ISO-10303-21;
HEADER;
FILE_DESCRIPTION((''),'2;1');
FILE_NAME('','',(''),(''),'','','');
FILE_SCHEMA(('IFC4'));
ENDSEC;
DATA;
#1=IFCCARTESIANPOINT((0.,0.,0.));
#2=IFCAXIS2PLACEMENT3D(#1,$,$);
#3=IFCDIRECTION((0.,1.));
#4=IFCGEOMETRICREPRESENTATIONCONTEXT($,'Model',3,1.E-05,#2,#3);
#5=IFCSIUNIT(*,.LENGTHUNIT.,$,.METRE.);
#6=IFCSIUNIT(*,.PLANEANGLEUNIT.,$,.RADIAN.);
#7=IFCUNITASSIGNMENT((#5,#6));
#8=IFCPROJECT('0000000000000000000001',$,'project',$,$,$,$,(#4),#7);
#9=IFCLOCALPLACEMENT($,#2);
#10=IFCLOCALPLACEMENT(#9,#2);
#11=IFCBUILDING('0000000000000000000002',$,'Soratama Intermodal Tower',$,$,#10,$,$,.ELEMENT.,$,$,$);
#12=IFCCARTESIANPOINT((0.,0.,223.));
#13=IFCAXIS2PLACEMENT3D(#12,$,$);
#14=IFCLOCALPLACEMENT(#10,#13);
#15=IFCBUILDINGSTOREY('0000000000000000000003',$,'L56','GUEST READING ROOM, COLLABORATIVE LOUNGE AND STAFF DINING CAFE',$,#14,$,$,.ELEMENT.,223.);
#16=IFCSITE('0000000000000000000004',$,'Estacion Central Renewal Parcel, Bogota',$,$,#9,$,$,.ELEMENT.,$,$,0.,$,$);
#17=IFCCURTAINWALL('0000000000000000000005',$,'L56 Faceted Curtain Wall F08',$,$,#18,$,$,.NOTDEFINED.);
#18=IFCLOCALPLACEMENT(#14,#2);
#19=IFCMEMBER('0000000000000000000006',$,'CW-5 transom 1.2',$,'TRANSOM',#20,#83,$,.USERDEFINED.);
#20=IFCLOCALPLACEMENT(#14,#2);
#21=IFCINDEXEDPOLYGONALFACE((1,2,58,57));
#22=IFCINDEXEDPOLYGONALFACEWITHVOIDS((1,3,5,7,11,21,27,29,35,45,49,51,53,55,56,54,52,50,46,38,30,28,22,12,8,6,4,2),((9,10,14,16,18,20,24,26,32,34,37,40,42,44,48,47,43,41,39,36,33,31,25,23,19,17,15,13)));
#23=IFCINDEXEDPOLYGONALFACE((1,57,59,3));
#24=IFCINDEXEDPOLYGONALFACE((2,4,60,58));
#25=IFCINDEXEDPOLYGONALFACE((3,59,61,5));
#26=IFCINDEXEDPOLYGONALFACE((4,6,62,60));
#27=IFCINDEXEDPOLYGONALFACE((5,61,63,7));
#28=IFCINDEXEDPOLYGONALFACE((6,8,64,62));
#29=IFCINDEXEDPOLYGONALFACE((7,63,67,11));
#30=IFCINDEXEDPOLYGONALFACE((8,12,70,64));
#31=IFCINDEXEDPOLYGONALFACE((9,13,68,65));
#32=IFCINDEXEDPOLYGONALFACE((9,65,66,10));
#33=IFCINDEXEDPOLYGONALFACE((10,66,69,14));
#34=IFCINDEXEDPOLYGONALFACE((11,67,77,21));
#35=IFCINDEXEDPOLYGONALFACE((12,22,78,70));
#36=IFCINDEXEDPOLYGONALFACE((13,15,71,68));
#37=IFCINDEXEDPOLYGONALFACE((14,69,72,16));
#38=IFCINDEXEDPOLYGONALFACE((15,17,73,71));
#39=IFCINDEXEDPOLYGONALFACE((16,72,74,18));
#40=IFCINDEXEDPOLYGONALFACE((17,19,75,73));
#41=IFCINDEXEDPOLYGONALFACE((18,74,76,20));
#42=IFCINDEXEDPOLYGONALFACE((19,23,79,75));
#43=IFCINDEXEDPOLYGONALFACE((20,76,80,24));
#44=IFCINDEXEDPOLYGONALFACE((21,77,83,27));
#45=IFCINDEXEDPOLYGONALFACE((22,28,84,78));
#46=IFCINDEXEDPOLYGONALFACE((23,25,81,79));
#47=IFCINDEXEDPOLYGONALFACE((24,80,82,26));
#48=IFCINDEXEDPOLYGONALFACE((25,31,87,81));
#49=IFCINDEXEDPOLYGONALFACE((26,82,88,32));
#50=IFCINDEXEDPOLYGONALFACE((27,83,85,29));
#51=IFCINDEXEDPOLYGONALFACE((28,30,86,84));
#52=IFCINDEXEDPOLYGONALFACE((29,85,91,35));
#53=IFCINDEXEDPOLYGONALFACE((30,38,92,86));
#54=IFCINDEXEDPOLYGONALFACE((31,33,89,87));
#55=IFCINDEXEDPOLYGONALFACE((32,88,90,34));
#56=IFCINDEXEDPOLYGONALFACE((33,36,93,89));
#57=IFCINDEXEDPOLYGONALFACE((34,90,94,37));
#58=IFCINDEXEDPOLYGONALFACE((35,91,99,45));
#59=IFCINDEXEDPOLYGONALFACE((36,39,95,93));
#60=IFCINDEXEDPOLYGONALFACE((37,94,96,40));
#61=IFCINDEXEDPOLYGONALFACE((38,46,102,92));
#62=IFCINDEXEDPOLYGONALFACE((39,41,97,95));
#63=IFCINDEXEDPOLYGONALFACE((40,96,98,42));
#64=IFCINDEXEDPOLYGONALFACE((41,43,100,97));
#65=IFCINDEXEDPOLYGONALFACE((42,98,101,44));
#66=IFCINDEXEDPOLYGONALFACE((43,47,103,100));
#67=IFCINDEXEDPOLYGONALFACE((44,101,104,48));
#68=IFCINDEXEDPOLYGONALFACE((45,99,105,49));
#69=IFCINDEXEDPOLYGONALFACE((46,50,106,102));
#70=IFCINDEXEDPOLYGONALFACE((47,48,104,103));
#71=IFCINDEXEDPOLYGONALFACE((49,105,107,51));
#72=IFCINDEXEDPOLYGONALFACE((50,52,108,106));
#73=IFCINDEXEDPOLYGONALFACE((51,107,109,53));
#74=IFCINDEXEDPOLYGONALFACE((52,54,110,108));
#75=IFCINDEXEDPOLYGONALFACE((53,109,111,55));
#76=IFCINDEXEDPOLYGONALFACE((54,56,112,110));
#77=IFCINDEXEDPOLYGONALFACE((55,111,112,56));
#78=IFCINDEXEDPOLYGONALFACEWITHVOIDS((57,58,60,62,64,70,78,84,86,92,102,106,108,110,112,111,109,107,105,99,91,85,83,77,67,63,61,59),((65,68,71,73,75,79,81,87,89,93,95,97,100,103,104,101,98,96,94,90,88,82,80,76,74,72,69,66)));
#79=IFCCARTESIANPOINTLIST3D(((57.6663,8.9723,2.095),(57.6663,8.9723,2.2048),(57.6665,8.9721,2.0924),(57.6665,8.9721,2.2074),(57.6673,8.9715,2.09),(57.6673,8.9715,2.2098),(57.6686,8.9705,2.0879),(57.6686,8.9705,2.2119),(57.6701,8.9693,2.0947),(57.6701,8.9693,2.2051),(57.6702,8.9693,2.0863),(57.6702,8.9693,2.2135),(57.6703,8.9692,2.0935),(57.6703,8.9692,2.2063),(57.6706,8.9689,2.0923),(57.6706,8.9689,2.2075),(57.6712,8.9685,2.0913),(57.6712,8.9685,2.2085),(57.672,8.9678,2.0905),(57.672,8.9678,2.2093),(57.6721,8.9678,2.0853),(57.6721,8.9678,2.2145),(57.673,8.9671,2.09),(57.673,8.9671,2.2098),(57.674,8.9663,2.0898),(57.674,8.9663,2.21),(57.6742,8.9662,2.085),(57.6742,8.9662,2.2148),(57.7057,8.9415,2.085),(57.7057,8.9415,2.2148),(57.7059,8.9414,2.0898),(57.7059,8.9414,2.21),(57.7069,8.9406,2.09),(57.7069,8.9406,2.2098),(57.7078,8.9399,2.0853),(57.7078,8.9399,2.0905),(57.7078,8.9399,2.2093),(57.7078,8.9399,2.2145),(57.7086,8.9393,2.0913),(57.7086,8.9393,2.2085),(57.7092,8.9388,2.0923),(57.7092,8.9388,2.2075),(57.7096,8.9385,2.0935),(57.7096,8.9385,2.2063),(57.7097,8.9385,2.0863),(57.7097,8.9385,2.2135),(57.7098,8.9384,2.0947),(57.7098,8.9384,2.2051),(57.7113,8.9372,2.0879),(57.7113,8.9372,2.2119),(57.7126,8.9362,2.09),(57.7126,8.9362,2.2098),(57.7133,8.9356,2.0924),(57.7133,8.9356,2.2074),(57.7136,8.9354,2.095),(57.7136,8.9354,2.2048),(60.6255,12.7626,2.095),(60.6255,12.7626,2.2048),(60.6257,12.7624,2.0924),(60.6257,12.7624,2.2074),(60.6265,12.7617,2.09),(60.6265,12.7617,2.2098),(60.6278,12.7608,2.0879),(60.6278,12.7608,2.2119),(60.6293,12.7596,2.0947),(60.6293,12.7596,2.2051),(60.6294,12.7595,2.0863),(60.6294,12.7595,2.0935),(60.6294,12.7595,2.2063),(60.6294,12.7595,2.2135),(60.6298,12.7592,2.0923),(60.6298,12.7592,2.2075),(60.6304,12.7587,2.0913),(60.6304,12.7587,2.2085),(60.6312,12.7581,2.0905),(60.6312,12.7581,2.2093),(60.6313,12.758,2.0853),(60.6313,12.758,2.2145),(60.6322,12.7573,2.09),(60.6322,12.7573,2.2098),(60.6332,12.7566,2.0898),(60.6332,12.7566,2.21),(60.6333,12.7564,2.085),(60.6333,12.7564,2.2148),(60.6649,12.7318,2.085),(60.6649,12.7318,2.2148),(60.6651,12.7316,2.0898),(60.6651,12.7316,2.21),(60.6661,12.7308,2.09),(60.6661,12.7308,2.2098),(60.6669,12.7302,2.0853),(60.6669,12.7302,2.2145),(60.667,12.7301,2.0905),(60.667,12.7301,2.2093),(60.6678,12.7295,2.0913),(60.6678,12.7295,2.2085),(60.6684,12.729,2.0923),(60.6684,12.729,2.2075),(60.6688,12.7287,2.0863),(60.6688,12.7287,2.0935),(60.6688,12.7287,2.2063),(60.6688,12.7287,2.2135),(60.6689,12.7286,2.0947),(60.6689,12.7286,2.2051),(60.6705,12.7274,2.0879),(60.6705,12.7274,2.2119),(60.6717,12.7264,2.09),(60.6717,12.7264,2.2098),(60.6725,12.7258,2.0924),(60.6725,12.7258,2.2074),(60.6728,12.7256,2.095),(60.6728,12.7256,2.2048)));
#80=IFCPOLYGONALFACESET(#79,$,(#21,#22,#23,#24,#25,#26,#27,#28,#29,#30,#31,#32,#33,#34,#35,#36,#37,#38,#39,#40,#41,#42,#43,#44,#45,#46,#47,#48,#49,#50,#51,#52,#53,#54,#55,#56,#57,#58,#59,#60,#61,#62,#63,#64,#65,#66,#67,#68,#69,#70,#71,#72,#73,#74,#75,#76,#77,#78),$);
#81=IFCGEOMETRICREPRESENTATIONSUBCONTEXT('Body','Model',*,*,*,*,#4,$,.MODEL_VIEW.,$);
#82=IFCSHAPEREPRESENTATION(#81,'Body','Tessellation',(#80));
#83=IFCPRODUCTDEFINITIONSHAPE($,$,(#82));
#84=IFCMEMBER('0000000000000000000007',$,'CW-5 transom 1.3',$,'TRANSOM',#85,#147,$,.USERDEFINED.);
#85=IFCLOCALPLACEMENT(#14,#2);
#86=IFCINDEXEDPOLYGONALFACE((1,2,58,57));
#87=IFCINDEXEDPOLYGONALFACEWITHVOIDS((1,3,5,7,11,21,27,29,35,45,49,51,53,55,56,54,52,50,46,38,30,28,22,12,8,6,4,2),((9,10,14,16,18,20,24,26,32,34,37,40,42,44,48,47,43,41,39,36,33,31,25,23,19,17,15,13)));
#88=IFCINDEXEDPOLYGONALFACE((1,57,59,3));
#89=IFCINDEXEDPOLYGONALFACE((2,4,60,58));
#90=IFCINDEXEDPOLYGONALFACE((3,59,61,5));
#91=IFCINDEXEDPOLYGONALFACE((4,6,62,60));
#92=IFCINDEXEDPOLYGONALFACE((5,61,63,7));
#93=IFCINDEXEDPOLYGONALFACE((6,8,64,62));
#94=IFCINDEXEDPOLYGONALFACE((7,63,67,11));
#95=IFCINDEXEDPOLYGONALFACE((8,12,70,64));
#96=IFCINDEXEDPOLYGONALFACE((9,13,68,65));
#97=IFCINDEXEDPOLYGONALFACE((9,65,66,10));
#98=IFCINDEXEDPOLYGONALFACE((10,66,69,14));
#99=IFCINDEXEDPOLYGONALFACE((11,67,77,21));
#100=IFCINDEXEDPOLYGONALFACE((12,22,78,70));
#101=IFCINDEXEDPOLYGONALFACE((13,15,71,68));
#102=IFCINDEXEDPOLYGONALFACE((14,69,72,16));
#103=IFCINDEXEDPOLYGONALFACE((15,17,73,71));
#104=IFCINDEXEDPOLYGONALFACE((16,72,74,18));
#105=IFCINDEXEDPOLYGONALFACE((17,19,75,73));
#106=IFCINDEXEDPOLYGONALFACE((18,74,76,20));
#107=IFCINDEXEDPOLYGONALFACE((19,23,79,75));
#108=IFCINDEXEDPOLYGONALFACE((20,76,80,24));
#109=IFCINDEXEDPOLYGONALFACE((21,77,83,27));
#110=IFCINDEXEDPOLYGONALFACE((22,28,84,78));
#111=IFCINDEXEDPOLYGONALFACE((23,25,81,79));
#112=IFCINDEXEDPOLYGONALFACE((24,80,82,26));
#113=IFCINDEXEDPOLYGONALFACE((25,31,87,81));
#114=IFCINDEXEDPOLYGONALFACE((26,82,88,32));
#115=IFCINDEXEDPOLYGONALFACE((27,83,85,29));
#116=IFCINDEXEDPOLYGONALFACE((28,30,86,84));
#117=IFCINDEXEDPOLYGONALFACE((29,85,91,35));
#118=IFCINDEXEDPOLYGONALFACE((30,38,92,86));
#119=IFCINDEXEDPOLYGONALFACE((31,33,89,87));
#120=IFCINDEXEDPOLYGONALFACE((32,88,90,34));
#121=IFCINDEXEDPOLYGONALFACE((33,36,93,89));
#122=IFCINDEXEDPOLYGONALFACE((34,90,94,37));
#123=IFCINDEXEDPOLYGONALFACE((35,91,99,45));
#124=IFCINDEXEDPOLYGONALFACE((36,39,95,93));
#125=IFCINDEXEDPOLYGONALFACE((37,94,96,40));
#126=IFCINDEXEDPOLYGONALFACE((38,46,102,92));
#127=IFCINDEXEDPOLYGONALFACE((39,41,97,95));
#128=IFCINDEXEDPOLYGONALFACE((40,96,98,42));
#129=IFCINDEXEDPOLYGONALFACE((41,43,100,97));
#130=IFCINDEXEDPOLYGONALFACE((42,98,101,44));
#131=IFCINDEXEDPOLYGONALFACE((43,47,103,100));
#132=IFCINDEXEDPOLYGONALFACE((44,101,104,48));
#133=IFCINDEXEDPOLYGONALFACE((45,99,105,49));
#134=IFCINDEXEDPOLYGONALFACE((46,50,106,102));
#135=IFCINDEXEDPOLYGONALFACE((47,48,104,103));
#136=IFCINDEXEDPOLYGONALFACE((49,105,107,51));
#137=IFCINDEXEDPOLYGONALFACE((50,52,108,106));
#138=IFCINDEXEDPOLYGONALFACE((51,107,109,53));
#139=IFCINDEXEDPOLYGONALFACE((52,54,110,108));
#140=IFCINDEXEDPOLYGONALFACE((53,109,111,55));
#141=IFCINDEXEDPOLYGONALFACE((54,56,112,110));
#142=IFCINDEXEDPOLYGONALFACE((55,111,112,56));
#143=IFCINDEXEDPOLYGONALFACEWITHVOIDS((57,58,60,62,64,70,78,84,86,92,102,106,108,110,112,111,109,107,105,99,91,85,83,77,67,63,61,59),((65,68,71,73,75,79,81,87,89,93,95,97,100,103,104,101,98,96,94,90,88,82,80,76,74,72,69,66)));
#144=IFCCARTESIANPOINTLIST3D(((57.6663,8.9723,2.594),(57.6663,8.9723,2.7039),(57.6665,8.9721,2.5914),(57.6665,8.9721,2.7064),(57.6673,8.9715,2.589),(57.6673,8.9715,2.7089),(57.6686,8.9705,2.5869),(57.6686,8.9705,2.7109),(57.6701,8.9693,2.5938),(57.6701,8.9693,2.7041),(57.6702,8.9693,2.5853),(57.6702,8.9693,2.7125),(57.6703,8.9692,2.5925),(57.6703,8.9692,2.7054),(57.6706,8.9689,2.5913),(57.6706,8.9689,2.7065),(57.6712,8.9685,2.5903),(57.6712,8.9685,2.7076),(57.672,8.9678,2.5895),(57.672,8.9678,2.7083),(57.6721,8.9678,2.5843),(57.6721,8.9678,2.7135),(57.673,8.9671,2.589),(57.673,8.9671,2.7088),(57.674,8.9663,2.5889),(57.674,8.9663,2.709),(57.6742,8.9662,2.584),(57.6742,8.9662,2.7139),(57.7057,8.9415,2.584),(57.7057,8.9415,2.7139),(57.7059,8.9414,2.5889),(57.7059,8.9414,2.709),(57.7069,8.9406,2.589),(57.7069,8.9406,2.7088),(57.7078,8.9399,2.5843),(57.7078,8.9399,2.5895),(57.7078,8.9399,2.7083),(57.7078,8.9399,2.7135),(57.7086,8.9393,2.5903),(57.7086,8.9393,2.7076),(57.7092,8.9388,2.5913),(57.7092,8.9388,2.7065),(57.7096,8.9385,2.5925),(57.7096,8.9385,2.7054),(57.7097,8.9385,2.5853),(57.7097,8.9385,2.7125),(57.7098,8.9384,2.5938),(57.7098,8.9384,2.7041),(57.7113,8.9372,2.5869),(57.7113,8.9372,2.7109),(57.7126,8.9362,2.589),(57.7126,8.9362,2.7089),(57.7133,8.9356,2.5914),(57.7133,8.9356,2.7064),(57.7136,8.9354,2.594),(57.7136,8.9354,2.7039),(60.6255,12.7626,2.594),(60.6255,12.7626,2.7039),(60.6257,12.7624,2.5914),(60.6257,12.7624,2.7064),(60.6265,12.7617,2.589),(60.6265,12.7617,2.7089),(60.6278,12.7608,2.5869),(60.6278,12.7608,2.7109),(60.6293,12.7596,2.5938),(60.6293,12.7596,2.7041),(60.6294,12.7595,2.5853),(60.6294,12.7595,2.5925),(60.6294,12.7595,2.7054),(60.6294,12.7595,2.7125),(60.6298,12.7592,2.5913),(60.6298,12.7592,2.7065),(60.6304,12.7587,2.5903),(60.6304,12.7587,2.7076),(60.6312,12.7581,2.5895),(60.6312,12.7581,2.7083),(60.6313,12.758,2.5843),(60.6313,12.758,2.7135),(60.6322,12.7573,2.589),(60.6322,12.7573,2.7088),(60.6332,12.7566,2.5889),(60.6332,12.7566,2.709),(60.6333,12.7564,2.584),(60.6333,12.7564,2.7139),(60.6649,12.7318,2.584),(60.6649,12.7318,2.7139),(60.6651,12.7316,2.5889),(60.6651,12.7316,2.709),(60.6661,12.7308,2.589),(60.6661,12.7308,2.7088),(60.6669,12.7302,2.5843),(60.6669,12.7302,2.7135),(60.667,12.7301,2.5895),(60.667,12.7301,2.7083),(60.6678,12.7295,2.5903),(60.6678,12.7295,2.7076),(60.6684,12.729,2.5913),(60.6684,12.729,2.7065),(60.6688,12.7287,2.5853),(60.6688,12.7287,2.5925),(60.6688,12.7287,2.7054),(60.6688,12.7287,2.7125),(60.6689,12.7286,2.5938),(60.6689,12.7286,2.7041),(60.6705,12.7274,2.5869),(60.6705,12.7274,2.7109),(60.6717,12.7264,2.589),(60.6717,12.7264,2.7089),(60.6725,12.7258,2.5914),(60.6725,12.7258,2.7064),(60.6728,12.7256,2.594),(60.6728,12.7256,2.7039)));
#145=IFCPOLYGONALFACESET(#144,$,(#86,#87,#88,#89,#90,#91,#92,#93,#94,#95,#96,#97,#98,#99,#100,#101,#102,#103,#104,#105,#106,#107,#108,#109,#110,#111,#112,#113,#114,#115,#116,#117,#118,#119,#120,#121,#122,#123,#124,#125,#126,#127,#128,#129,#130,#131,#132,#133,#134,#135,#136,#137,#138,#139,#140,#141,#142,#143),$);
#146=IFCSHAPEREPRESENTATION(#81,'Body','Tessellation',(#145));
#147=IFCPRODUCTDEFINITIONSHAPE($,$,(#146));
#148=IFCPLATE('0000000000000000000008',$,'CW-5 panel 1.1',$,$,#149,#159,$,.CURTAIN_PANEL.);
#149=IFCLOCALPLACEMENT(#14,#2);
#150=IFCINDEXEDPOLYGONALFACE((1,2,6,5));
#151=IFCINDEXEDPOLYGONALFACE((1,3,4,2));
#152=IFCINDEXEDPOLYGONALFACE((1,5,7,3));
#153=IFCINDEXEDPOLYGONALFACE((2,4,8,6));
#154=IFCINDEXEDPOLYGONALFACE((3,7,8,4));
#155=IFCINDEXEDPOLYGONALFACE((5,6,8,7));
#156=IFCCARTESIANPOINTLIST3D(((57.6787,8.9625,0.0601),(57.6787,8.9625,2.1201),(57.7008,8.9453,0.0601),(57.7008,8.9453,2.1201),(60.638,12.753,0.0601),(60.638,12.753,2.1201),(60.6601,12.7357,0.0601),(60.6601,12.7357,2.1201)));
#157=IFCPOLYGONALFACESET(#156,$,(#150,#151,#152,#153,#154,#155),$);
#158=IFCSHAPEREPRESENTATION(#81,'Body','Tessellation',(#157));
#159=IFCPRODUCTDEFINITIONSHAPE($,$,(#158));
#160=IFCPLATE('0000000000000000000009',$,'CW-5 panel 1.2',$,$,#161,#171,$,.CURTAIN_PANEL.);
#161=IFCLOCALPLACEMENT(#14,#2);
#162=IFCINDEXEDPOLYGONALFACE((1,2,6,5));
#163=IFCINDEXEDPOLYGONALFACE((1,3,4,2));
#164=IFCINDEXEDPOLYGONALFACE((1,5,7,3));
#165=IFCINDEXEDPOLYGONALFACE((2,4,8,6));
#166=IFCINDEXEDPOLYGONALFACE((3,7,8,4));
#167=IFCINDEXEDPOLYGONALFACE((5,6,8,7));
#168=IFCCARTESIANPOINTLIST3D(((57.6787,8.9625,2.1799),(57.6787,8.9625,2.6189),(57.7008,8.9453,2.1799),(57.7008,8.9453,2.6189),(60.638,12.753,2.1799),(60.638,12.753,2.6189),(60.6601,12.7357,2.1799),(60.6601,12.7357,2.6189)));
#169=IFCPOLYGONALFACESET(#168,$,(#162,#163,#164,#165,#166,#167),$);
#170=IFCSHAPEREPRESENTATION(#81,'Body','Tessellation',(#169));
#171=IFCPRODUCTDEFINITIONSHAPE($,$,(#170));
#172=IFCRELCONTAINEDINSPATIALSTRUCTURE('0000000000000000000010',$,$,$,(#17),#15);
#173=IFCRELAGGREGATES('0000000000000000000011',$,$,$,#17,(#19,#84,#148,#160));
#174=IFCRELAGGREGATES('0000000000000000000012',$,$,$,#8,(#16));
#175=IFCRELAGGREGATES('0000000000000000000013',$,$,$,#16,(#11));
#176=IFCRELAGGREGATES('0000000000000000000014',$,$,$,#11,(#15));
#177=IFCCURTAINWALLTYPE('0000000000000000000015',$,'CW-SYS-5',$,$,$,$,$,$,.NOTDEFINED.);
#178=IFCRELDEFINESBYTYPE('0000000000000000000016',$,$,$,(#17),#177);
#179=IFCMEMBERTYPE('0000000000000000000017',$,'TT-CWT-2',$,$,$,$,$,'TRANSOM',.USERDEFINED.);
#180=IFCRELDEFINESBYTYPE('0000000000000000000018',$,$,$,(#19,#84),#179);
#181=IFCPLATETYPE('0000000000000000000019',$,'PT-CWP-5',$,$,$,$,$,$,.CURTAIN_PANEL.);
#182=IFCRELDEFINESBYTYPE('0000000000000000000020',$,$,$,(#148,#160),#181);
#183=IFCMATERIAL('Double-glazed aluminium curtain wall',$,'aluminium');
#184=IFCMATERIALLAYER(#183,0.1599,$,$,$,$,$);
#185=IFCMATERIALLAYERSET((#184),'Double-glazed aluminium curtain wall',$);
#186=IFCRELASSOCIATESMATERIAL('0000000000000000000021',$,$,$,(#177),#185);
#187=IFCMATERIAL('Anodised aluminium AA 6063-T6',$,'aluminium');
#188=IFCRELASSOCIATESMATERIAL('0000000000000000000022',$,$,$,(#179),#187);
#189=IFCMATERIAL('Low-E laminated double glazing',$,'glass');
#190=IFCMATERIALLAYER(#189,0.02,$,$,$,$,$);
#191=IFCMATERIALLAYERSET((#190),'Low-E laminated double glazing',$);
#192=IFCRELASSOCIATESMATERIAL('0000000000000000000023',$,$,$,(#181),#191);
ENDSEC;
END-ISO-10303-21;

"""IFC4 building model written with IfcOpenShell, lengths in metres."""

from ifc_helpers import new_model, si_unit, direction, frame, origin, origin_2d, place, context, subcontext, project, spatial, rectangle, hollow_rectangle, extrude, material, layer, layer_set, material_profile, profile_set, type_object, element, aggregate, save


model = new_model("IFC4")

# Units and contexts
model_context = context("Model", 3, precision=1e-05, world=origin(), true_north=direction((0.0, 1.0)))
body_context = subcontext(model_context, "Body", "Model", "MODEL_VIEW")
ifc_project = project(units=[si_unit("LENGTHUNIT", "METRE"), si_unit("PLANEANGLEUNIT", "RADIAN")], contexts=[model_context])

# Site, building, storey
site_placement = place(None, origin())
site = spatial("IfcSite", under=ifc_project, at=site_placement, Name="Estacion Central Renewal Parcel, Bogota", CompositionType="ELEMENT", RefElevation=0.0)
building_placement = place(site_placement, origin())
building = spatial("IfcBuilding", under=site, at=building_placement, Name="Soratama Intermodal Tower", CompositionType="ELEMENT")
storey_placement = place(building_placement, frame((0.0, 0.0, 223.0)))
storey = spatial("IfcBuildingStorey", under=building, at=storey_placement, Name="L56", Description="GUEST READING ROOM, COLLABORATIVE LOUNGE AND STAFF DINING CAFE", CompositionType="ELEMENT", Elevation=223.0)

# Curtain wall, members, plates
ifc_material_1 = material(Name="Double-glazed aluminium curtain wall", Category="aluminium")
ifc_layer_1 = layer(ifc_material_1, 0.1599)
ifc_layer_set_1 = layer_set([ifc_layer_1], Name="Double-glazed aluminium curtain wall")
curtain_wall_type = type_object("IfcCurtainWallType", Name="CW-SYS-5", PredefinedType="NOTDEFINED", material=ifc_layer_set_1)
curtain_wall_placement = place(storey_placement, origin())
curtain_wall = element("IfcCurtainWall", 1, at=curtain_wall_placement, inside=storey, type_object=curtain_wall_type, Name="L56 Faceted Curtain Wall F08", PredefinedType="NOTDEFINED")
ifc_material_2 = material(Name="Anodised aluminium AA 6063-T6", Category="aluminium")
ifc_material_profile_1 = material_profile(ifc_material_2, hollow_rectangle(XDim=0.0601, YDim=0.1299, WallThickness=0.0049, InnerFilletRadius=0.0049, OuterFilletRadius=0.01, at=origin_2d()), Name="CWT130X60X5")
ifc_profile_set_1 = profile_set([ifc_material_profile_1], Name="Anodised aluminium AA 6063-T6")
member_type_1 = type_object("IfcMemberType", Name="TT-CWT-2", ElementType="TRANSOM", PredefinedType="USERDEFINED", material=ifc_profile_set_1)
member_1_placement = place(storey_placement, frame((57.6899, 8.9539, 2.1499), z_axis=(0.615395, 0.788219, 0.0), x_axis=(-0.788219, 0.615395, 0.0)))
member_1 = element("IfcMember", 2, at=member_1_placement, type_object=member_type_1, Name="CW-5 transom 1.2", ObjectType="TRANSOM", PredefinedType="USERDEFINED", context=body_context, shape_type="SweptSolid", body=[
    extrude(hollow_rectangle(XDim=0.0601, YDim=0.1299, WallThickness=0.0049, InnerFilletRadius=0.0049, OuterFilletRadius=0.01, at=origin_2d()), origin(), (0.0, 0.0, 1.0), 4.8086),
])
member_2_placement = place(storey_placement, frame((57.6899, 8.9539, 2.6489), z_axis=(0.615395, 0.788219, 0.0), x_axis=(-0.788219, 0.615395, 0.0)))
member_2 = element("IfcMember", 3, at=member_2_placement, type_object=member_type_1, Name="CW-5 transom 1.3", ObjectType="TRANSOM", PredefinedType="USERDEFINED", context=body_context, shape_type="SweptSolid", body=[
    extrude(hollow_rectangle(XDim=0.0601, YDim=0.1299, WallThickness=0.0049, InnerFilletRadius=0.0049, OuterFilletRadius=0.01, at=origin_2d()), origin(), (0.0, 0.0, 1.0), 4.8086),
])
ifc_material_3 = material(Name="Low-E laminated double glazing", Category="glass")
ifc_layer_2 = layer(ifc_material_3, 0.02)
ifc_layer_set_2 = layer_set([ifc_layer_2], Name="Low-E laminated double glazing")
plate_type = type_object("IfcPlateType", Name="PT-CWP-5", PredefinedType="CURTAIN_PANEL", material=ifc_layer_set_2)
plate_1_placement = place(storey_placement, frame((59.1694, 10.8491, 0.0601), z_axis=(0.0, 0.0, 1.0), x_axis=(0.615388, 0.788224, 0.0)))
plate_1 = element("IfcPlate", 4, at=plate_1_placement, type_object=plate_type, Name="CW-5 panel 1.1", PredefinedType="CURTAIN_PANEL", context=body_context, shape_type="SweptSolid", body=[
    extrude(rectangle(XDim=4.8088, YDim=0.0281, at=origin_2d()), origin(), (0.0, 0.0, 1.0), 2.0601),
])
plate_2_placement = place(storey_placement, frame((59.1694, 10.8491, 2.1799), z_axis=(0.0, 0.0, 1.0), x_axis=(0.615388, 0.788224, 0.0)))
plate_2 = element("IfcPlate", 5, at=plate_2_placement, type_object=plate_type, Name="CW-5 panel 1.2", PredefinedType="CURTAIN_PANEL", context=body_context, shape_type="SweptSolid", body=[
    extrude(rectangle(XDim=4.8088, YDim=0.0281, at=origin_2d()), origin(), (0.0, 0.0, 1.0), 0.439),
])
aggregate(curtain_wall, [member_1, member_2, plate_1, plate_2])

save(model, "model.ifc")
